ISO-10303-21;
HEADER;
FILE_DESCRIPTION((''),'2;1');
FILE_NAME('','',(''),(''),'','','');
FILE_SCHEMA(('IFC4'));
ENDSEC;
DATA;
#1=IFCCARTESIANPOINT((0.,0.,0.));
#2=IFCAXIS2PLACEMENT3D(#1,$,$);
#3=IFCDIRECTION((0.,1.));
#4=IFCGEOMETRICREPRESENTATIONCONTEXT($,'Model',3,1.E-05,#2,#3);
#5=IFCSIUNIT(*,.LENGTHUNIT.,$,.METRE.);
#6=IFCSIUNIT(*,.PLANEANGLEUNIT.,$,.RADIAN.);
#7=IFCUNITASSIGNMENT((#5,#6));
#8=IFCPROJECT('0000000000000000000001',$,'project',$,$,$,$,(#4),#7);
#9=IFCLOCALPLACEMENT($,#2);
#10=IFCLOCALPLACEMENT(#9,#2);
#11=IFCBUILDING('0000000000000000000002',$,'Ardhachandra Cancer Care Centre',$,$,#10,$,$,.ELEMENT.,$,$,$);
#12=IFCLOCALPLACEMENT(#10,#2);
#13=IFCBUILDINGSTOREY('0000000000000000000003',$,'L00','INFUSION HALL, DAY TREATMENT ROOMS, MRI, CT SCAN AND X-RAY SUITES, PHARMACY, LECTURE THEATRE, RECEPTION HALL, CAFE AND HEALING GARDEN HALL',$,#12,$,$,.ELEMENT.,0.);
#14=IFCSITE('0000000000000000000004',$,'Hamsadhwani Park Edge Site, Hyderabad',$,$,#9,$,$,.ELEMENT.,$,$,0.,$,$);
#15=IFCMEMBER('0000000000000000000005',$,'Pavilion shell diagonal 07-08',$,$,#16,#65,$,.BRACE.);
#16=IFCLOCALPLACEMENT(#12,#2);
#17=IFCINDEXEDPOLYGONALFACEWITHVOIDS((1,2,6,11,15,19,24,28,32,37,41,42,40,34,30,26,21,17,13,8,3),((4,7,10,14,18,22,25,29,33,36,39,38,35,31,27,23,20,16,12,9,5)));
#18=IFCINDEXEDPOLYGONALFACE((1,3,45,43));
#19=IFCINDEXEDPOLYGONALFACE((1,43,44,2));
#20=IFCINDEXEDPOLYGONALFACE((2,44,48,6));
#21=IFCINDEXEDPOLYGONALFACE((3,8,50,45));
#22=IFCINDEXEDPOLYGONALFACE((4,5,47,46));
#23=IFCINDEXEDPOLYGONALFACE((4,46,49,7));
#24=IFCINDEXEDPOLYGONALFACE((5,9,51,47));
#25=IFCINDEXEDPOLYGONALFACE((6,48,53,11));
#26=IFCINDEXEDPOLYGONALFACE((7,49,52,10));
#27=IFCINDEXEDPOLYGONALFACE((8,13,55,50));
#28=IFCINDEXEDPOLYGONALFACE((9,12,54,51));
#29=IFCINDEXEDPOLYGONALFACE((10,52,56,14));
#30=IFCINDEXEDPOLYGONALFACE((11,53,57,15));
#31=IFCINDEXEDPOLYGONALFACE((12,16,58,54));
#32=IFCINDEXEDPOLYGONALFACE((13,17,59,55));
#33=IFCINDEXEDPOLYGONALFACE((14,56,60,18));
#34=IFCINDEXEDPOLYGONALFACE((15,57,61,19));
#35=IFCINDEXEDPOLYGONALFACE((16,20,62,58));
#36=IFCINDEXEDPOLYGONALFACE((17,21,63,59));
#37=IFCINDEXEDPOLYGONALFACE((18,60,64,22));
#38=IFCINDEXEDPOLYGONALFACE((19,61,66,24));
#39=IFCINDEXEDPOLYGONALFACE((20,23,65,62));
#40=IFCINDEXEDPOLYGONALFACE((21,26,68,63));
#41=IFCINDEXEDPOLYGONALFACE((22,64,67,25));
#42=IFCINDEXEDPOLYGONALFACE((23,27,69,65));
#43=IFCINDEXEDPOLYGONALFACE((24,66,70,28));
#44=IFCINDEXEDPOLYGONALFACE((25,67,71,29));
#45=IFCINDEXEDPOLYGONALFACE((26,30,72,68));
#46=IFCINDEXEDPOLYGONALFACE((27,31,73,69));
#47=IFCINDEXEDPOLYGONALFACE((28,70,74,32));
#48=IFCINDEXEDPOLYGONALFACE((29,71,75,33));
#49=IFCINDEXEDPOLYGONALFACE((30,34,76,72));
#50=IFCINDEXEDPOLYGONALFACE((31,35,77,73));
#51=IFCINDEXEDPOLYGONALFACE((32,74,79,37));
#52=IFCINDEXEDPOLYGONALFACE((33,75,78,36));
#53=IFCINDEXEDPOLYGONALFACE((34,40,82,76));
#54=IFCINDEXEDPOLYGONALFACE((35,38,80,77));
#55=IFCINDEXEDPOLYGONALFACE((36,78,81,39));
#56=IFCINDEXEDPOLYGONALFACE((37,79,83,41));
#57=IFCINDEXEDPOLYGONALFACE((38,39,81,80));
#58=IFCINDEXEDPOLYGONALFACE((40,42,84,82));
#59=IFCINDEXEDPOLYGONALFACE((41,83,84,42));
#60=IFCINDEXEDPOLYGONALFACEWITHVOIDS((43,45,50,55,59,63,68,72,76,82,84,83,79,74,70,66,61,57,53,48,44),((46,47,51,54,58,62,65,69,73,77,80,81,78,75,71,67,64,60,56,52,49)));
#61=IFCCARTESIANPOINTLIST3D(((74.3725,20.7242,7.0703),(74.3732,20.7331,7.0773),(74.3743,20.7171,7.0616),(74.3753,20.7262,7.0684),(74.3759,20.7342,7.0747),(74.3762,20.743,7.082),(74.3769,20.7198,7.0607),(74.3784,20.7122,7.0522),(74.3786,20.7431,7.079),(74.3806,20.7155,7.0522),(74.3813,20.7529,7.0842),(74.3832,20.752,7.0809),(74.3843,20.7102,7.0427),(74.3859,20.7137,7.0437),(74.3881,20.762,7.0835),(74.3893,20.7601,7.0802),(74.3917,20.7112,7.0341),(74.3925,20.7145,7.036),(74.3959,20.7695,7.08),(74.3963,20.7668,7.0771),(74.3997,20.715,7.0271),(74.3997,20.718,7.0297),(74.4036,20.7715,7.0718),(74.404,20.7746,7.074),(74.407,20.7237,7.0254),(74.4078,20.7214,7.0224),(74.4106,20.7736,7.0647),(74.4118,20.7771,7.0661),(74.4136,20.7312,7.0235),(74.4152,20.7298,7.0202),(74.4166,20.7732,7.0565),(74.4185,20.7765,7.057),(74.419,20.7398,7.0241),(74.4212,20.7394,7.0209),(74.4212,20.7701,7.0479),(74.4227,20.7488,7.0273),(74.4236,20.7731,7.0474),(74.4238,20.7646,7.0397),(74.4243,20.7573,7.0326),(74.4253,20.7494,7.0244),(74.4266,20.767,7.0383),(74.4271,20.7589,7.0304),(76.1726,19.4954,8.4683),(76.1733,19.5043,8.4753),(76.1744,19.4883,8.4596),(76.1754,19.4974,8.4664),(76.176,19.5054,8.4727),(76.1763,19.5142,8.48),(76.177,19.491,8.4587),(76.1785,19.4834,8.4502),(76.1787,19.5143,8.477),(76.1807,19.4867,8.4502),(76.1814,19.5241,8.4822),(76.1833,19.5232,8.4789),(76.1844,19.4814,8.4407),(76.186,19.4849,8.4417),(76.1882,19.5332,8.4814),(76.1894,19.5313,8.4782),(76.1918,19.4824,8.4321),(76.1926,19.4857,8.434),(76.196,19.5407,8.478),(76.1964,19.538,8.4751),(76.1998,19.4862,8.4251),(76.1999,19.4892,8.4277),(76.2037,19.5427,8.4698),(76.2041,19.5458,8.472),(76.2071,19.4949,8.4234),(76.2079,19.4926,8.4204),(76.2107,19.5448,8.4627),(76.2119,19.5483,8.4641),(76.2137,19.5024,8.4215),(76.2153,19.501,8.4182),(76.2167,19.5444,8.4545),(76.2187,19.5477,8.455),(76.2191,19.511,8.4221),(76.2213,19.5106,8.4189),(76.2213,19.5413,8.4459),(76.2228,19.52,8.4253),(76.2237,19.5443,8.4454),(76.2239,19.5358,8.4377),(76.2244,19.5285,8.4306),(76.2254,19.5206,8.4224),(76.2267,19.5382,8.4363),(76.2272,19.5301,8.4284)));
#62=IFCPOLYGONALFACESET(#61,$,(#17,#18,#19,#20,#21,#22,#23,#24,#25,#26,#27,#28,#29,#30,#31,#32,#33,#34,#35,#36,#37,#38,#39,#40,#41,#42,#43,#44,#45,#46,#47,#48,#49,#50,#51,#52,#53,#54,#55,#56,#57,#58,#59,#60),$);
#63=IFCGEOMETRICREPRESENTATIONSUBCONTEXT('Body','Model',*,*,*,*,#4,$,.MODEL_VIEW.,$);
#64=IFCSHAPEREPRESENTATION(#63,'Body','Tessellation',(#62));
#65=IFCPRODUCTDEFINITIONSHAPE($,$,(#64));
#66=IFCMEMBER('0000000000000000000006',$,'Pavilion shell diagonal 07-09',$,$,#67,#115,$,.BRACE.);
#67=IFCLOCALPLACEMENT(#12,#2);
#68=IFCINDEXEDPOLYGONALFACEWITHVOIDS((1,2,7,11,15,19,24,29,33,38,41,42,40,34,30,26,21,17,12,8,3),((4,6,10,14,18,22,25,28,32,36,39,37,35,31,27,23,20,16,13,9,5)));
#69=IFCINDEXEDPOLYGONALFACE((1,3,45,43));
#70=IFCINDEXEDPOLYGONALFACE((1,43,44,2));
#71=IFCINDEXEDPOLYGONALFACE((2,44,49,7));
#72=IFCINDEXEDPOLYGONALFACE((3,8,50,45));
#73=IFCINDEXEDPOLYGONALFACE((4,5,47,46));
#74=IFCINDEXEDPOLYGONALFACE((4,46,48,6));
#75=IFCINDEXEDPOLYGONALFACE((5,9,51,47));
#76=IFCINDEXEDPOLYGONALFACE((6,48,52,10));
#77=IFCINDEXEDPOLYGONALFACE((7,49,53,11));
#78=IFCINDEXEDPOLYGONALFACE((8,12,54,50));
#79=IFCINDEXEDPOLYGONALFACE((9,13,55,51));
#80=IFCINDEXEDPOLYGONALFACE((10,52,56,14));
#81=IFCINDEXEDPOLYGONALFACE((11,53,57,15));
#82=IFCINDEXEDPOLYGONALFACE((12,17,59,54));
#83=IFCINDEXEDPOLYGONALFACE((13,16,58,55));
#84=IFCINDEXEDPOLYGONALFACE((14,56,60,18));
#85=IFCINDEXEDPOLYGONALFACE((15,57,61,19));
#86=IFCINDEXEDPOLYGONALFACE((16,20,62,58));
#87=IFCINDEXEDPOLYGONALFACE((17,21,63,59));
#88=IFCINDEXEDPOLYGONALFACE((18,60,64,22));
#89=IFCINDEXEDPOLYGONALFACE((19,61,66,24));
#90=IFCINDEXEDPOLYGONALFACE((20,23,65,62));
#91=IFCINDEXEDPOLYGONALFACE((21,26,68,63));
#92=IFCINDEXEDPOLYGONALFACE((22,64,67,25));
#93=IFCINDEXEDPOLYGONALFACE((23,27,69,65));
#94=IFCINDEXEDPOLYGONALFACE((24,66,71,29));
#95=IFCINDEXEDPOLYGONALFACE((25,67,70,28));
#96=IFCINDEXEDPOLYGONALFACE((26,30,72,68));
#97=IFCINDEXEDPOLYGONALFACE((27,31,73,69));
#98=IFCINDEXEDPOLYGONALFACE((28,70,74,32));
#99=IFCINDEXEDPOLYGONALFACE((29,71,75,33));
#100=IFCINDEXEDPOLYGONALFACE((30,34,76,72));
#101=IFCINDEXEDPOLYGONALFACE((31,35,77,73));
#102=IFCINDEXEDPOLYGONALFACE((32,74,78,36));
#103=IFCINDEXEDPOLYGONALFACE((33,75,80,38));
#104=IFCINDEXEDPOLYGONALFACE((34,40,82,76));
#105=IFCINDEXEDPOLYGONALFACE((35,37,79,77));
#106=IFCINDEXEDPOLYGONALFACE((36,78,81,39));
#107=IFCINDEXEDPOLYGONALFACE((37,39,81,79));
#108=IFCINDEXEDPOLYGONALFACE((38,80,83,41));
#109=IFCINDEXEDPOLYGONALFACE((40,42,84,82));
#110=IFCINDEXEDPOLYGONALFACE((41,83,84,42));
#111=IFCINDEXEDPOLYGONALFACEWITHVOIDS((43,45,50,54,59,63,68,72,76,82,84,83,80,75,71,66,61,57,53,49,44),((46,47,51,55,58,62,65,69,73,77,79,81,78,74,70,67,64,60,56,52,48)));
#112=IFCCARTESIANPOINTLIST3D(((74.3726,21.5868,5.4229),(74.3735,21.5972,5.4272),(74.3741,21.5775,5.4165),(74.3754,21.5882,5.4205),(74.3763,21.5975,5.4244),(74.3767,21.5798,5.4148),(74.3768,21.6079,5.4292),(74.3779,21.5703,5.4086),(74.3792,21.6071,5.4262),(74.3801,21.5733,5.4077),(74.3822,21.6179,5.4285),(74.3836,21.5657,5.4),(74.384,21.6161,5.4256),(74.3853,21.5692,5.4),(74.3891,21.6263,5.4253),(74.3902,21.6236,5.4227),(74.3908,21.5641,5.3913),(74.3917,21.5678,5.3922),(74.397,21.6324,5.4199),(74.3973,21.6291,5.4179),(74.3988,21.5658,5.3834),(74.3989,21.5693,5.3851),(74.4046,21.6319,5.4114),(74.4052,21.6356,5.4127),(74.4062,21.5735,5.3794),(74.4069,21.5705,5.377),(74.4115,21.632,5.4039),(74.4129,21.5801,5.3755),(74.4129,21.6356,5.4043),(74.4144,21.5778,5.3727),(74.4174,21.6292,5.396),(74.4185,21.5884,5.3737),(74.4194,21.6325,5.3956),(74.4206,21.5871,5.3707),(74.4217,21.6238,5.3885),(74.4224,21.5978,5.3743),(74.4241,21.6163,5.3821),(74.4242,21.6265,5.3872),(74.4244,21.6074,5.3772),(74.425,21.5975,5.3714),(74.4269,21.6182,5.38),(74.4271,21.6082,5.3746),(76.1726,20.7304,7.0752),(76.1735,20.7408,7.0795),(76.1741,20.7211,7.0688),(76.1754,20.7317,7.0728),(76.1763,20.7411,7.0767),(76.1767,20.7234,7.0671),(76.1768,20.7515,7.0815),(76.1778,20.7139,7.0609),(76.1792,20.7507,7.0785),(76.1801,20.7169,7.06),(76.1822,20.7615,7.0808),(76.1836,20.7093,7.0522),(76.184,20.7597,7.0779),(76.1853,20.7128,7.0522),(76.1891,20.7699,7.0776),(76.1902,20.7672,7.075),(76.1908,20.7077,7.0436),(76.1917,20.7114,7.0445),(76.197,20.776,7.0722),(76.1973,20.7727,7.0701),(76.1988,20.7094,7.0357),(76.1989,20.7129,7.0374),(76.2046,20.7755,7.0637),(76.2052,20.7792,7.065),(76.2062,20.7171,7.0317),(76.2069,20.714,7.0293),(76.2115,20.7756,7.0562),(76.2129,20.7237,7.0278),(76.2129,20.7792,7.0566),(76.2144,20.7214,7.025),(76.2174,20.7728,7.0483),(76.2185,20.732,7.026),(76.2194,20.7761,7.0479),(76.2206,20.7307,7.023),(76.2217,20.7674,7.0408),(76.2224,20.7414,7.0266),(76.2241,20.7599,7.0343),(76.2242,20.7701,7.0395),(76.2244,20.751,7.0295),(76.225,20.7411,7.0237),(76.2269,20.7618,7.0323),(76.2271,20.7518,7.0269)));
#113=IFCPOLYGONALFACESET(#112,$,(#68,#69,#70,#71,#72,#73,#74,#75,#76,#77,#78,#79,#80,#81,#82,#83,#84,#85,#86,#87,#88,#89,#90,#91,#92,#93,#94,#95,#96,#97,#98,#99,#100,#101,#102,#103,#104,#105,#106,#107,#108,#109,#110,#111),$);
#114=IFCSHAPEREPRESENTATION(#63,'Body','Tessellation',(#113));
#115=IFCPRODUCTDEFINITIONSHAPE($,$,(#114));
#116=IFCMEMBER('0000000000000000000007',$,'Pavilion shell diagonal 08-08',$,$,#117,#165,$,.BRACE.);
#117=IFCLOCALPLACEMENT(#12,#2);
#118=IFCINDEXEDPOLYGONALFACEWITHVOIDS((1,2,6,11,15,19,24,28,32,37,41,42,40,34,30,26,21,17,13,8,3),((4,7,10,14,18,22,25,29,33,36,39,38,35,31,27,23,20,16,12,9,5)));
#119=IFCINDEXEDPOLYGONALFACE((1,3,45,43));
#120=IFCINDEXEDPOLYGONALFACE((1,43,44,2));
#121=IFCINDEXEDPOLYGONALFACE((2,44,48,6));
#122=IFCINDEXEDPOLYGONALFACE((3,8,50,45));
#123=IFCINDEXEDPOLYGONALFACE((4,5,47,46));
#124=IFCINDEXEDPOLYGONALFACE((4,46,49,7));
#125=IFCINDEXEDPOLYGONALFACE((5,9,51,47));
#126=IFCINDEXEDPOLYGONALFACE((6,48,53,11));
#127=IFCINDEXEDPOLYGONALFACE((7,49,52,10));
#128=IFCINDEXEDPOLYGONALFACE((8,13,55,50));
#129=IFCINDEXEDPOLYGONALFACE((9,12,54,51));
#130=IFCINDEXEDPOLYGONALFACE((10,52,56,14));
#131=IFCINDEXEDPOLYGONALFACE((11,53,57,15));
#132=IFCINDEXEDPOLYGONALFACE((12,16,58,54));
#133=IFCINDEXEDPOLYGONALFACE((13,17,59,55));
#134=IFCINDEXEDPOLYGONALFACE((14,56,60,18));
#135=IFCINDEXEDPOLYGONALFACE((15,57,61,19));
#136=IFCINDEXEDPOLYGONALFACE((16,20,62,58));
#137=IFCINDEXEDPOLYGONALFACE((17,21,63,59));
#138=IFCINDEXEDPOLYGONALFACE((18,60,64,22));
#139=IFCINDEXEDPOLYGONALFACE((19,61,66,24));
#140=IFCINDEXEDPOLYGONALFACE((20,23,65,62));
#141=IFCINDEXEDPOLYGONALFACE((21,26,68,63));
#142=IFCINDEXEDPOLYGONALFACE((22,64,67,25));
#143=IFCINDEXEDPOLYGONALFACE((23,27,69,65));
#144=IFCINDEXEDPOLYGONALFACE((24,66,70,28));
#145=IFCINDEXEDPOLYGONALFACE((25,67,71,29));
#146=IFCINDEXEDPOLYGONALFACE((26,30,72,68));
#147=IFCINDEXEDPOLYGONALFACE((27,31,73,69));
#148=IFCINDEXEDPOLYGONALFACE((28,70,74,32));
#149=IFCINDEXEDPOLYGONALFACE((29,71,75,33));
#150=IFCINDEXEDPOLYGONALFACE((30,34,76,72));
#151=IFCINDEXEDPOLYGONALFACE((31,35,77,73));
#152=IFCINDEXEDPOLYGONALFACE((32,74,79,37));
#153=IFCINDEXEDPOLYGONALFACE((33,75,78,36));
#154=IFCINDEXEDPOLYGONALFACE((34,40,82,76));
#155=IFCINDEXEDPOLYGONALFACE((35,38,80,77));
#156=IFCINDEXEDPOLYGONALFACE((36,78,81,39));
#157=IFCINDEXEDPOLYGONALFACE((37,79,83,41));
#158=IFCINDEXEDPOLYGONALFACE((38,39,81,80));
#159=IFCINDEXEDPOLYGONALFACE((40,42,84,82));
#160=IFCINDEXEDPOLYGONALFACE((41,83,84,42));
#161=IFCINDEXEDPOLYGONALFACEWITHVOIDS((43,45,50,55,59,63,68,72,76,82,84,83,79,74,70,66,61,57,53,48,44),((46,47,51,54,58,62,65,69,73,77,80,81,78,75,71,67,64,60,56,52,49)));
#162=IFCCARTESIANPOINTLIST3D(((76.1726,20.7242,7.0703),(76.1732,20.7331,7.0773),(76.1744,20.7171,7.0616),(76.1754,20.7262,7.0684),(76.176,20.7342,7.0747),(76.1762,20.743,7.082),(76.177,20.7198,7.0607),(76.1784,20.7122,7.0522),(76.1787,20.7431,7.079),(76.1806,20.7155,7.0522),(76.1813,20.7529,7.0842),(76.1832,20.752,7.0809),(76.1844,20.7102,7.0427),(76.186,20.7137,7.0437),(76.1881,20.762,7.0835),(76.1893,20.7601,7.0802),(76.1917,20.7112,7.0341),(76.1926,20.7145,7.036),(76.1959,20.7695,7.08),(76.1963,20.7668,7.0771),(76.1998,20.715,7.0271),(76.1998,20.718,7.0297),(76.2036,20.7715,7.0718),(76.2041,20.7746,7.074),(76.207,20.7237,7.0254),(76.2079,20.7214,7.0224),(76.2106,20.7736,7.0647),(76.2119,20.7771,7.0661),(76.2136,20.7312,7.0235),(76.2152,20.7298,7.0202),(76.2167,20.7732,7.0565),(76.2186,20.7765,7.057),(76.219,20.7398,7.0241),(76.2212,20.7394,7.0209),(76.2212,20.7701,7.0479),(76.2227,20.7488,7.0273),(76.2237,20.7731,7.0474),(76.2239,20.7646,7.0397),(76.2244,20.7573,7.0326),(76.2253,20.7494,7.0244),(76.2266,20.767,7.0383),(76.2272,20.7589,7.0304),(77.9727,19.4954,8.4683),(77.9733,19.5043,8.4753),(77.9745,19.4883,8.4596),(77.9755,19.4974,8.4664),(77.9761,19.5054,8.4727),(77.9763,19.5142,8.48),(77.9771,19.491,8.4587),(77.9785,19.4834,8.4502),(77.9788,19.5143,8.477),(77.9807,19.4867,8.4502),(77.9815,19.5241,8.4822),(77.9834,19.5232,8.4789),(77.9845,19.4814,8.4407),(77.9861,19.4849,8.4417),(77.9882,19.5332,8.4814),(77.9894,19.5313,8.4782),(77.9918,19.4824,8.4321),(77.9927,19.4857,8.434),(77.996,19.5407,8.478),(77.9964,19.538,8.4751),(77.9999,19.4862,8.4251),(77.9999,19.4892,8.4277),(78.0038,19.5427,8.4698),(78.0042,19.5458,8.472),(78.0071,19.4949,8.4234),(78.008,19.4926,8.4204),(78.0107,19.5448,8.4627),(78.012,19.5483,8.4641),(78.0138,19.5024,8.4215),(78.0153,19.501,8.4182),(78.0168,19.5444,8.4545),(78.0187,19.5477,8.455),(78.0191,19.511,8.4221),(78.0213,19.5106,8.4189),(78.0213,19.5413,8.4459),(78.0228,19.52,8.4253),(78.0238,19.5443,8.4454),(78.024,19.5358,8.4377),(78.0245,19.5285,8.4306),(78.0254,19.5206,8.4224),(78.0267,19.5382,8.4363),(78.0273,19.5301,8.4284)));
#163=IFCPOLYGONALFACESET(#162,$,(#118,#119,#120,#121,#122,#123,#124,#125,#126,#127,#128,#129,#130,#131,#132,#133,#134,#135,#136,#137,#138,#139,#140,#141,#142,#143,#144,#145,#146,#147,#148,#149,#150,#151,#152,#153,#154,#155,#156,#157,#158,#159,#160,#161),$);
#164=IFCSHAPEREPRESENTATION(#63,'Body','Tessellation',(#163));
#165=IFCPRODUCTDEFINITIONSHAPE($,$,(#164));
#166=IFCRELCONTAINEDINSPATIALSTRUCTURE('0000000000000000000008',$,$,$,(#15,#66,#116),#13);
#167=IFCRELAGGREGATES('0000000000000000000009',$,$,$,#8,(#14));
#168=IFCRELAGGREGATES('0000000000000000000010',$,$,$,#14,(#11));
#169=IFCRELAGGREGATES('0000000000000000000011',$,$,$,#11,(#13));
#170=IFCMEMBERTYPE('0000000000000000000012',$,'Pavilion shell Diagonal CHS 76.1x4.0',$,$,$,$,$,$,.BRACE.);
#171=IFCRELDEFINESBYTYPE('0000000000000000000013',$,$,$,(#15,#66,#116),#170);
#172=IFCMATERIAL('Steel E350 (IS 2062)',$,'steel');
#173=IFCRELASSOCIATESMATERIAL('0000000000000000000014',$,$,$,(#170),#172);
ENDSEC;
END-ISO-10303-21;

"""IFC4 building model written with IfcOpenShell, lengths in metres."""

from ifc_helpers import new_model, si_unit, direction, frame, origin, origin_2d, place, context, subcontext, project, spatial, hollow_circle, extrude, material, material_profile, profile_set, type_object, element, save


model = new_model("IFC4")

# Units and contexts
model_context = context("Model", 3, precision=1e-05, world=origin(), true_north=direction((0.0, 1.0)))
body_context = subcontext(model_context, "Body", "Model", "MODEL_VIEW")
ifc_project = project(units=[si_unit("LENGTHUNIT", "METRE"), si_unit("PLANEANGLEUNIT", "RADIAN")], contexts=[model_context])

# Site, building, storey
site_placement = place(None, origin())
site = spatial("IfcSite", under=ifc_project, at=site_placement, Name="Hamsadhwani Park Edge Site, Hyderabad", CompositionType="ELEMENT", RefElevation=0.0)
building_placement = place(site_placement, origin())
building = spatial("IfcBuilding", under=site, at=building_placement, Name="Ardhachandra Cancer Care Centre", CompositionType="ELEMENT")
storey_placement = place(building_placement, origin())
storey = spatial("IfcBuildingStorey", under=building, at=storey_placement, Name="L00", Description="INFUSION HALL, DAY TREATMENT ROOMS, MRI, CT SCAN AND X-RAY SUITES, PHARMACY, LECTURE THEATRE, RECEPTION HALL, CAFE AND HEALING GARDEN HALL", CompositionType="ELEMENT", Elevation=0.0)

# Members
ifc_material_1 = material(Name="Steel E350 (IS 2062)", Category="steel")
ifc_material_profile_1 = material_profile(ifc_material_1, hollow_circle(Radius=0.0381, WallThickness=0.0039, at=origin_2d()), Name="CHS 76.1x4.0")
ifc_profile_set_1 = profile_set([ifc_material_profile_1], Name="Steel E350 (IS 2062)")
member_type_1 = type_object("IfcMemberType", Name="Pavilion shell Diagonal CHS 76.1x4.0", PredefinedType="BRACE", material=ifc_profile_set_1)
member_1_placement = place(storey_placement, frame((76.2, 19.5149, 8.4502), z_axis=(-0.695197, 0.474559, -0.539902), x_axis=(-0.563792, -0.825917, 0.0)))
element("IfcMember", 1, at=member_1_placement, inside=storey, type_object=member_type_1, Name="Pavilion shell diagonal 07-08", PredefinedType="BRACE", context=body_context, shape_type="SweptSolid", body=[
    extrude(hollow_circle(Radius=0.0381, WallThickness=0.0039, at=origin_2d()), origin(), (0.0, 0.0, 1.0), 2.5894),
])
member_2_placement = place(storey_placement, frame((76.2, 20.7437, 7.0522), z_axis=(-0.695216, 0.330777, -0.63817), x_axis=(-0.429639, -0.903001, 0.0)))
element("IfcMember", 2, at=member_2_placement, inside=storey, type_object=member_type_1, Name="Pavilion shell diagonal 07-09", PredefinedType="BRACE", context=body_context, shape_type="SweptSolid", body=[
    extrude(hollow_circle(Radius=0.0381, WallThickness=0.0039, at=origin_2d()), origin(), (0.0, 0.0, 1.0), 2.5891),
])
member_3_placement = place(storey_placement, frame((78.0, 19.5149, 8.4502), z_axis=(-0.695197, 0.474559, -0.539902), x_axis=(-0.563792, -0.825917, 0.0)))
element("IfcMember", 3, at=member_3_placement, inside=storey, type_object=member_type_1, Name="Pavilion shell diagonal 08-08", PredefinedType="BRACE", context=body_context, shape_type="SweptSolid", body=[
    extrude(hollow_circle(Radius=0.0381, WallThickness=0.0039, at=origin_2d()), origin(), (0.0, 0.0, 1.0), 2.5894),
])

save(model, "model.ifc")
